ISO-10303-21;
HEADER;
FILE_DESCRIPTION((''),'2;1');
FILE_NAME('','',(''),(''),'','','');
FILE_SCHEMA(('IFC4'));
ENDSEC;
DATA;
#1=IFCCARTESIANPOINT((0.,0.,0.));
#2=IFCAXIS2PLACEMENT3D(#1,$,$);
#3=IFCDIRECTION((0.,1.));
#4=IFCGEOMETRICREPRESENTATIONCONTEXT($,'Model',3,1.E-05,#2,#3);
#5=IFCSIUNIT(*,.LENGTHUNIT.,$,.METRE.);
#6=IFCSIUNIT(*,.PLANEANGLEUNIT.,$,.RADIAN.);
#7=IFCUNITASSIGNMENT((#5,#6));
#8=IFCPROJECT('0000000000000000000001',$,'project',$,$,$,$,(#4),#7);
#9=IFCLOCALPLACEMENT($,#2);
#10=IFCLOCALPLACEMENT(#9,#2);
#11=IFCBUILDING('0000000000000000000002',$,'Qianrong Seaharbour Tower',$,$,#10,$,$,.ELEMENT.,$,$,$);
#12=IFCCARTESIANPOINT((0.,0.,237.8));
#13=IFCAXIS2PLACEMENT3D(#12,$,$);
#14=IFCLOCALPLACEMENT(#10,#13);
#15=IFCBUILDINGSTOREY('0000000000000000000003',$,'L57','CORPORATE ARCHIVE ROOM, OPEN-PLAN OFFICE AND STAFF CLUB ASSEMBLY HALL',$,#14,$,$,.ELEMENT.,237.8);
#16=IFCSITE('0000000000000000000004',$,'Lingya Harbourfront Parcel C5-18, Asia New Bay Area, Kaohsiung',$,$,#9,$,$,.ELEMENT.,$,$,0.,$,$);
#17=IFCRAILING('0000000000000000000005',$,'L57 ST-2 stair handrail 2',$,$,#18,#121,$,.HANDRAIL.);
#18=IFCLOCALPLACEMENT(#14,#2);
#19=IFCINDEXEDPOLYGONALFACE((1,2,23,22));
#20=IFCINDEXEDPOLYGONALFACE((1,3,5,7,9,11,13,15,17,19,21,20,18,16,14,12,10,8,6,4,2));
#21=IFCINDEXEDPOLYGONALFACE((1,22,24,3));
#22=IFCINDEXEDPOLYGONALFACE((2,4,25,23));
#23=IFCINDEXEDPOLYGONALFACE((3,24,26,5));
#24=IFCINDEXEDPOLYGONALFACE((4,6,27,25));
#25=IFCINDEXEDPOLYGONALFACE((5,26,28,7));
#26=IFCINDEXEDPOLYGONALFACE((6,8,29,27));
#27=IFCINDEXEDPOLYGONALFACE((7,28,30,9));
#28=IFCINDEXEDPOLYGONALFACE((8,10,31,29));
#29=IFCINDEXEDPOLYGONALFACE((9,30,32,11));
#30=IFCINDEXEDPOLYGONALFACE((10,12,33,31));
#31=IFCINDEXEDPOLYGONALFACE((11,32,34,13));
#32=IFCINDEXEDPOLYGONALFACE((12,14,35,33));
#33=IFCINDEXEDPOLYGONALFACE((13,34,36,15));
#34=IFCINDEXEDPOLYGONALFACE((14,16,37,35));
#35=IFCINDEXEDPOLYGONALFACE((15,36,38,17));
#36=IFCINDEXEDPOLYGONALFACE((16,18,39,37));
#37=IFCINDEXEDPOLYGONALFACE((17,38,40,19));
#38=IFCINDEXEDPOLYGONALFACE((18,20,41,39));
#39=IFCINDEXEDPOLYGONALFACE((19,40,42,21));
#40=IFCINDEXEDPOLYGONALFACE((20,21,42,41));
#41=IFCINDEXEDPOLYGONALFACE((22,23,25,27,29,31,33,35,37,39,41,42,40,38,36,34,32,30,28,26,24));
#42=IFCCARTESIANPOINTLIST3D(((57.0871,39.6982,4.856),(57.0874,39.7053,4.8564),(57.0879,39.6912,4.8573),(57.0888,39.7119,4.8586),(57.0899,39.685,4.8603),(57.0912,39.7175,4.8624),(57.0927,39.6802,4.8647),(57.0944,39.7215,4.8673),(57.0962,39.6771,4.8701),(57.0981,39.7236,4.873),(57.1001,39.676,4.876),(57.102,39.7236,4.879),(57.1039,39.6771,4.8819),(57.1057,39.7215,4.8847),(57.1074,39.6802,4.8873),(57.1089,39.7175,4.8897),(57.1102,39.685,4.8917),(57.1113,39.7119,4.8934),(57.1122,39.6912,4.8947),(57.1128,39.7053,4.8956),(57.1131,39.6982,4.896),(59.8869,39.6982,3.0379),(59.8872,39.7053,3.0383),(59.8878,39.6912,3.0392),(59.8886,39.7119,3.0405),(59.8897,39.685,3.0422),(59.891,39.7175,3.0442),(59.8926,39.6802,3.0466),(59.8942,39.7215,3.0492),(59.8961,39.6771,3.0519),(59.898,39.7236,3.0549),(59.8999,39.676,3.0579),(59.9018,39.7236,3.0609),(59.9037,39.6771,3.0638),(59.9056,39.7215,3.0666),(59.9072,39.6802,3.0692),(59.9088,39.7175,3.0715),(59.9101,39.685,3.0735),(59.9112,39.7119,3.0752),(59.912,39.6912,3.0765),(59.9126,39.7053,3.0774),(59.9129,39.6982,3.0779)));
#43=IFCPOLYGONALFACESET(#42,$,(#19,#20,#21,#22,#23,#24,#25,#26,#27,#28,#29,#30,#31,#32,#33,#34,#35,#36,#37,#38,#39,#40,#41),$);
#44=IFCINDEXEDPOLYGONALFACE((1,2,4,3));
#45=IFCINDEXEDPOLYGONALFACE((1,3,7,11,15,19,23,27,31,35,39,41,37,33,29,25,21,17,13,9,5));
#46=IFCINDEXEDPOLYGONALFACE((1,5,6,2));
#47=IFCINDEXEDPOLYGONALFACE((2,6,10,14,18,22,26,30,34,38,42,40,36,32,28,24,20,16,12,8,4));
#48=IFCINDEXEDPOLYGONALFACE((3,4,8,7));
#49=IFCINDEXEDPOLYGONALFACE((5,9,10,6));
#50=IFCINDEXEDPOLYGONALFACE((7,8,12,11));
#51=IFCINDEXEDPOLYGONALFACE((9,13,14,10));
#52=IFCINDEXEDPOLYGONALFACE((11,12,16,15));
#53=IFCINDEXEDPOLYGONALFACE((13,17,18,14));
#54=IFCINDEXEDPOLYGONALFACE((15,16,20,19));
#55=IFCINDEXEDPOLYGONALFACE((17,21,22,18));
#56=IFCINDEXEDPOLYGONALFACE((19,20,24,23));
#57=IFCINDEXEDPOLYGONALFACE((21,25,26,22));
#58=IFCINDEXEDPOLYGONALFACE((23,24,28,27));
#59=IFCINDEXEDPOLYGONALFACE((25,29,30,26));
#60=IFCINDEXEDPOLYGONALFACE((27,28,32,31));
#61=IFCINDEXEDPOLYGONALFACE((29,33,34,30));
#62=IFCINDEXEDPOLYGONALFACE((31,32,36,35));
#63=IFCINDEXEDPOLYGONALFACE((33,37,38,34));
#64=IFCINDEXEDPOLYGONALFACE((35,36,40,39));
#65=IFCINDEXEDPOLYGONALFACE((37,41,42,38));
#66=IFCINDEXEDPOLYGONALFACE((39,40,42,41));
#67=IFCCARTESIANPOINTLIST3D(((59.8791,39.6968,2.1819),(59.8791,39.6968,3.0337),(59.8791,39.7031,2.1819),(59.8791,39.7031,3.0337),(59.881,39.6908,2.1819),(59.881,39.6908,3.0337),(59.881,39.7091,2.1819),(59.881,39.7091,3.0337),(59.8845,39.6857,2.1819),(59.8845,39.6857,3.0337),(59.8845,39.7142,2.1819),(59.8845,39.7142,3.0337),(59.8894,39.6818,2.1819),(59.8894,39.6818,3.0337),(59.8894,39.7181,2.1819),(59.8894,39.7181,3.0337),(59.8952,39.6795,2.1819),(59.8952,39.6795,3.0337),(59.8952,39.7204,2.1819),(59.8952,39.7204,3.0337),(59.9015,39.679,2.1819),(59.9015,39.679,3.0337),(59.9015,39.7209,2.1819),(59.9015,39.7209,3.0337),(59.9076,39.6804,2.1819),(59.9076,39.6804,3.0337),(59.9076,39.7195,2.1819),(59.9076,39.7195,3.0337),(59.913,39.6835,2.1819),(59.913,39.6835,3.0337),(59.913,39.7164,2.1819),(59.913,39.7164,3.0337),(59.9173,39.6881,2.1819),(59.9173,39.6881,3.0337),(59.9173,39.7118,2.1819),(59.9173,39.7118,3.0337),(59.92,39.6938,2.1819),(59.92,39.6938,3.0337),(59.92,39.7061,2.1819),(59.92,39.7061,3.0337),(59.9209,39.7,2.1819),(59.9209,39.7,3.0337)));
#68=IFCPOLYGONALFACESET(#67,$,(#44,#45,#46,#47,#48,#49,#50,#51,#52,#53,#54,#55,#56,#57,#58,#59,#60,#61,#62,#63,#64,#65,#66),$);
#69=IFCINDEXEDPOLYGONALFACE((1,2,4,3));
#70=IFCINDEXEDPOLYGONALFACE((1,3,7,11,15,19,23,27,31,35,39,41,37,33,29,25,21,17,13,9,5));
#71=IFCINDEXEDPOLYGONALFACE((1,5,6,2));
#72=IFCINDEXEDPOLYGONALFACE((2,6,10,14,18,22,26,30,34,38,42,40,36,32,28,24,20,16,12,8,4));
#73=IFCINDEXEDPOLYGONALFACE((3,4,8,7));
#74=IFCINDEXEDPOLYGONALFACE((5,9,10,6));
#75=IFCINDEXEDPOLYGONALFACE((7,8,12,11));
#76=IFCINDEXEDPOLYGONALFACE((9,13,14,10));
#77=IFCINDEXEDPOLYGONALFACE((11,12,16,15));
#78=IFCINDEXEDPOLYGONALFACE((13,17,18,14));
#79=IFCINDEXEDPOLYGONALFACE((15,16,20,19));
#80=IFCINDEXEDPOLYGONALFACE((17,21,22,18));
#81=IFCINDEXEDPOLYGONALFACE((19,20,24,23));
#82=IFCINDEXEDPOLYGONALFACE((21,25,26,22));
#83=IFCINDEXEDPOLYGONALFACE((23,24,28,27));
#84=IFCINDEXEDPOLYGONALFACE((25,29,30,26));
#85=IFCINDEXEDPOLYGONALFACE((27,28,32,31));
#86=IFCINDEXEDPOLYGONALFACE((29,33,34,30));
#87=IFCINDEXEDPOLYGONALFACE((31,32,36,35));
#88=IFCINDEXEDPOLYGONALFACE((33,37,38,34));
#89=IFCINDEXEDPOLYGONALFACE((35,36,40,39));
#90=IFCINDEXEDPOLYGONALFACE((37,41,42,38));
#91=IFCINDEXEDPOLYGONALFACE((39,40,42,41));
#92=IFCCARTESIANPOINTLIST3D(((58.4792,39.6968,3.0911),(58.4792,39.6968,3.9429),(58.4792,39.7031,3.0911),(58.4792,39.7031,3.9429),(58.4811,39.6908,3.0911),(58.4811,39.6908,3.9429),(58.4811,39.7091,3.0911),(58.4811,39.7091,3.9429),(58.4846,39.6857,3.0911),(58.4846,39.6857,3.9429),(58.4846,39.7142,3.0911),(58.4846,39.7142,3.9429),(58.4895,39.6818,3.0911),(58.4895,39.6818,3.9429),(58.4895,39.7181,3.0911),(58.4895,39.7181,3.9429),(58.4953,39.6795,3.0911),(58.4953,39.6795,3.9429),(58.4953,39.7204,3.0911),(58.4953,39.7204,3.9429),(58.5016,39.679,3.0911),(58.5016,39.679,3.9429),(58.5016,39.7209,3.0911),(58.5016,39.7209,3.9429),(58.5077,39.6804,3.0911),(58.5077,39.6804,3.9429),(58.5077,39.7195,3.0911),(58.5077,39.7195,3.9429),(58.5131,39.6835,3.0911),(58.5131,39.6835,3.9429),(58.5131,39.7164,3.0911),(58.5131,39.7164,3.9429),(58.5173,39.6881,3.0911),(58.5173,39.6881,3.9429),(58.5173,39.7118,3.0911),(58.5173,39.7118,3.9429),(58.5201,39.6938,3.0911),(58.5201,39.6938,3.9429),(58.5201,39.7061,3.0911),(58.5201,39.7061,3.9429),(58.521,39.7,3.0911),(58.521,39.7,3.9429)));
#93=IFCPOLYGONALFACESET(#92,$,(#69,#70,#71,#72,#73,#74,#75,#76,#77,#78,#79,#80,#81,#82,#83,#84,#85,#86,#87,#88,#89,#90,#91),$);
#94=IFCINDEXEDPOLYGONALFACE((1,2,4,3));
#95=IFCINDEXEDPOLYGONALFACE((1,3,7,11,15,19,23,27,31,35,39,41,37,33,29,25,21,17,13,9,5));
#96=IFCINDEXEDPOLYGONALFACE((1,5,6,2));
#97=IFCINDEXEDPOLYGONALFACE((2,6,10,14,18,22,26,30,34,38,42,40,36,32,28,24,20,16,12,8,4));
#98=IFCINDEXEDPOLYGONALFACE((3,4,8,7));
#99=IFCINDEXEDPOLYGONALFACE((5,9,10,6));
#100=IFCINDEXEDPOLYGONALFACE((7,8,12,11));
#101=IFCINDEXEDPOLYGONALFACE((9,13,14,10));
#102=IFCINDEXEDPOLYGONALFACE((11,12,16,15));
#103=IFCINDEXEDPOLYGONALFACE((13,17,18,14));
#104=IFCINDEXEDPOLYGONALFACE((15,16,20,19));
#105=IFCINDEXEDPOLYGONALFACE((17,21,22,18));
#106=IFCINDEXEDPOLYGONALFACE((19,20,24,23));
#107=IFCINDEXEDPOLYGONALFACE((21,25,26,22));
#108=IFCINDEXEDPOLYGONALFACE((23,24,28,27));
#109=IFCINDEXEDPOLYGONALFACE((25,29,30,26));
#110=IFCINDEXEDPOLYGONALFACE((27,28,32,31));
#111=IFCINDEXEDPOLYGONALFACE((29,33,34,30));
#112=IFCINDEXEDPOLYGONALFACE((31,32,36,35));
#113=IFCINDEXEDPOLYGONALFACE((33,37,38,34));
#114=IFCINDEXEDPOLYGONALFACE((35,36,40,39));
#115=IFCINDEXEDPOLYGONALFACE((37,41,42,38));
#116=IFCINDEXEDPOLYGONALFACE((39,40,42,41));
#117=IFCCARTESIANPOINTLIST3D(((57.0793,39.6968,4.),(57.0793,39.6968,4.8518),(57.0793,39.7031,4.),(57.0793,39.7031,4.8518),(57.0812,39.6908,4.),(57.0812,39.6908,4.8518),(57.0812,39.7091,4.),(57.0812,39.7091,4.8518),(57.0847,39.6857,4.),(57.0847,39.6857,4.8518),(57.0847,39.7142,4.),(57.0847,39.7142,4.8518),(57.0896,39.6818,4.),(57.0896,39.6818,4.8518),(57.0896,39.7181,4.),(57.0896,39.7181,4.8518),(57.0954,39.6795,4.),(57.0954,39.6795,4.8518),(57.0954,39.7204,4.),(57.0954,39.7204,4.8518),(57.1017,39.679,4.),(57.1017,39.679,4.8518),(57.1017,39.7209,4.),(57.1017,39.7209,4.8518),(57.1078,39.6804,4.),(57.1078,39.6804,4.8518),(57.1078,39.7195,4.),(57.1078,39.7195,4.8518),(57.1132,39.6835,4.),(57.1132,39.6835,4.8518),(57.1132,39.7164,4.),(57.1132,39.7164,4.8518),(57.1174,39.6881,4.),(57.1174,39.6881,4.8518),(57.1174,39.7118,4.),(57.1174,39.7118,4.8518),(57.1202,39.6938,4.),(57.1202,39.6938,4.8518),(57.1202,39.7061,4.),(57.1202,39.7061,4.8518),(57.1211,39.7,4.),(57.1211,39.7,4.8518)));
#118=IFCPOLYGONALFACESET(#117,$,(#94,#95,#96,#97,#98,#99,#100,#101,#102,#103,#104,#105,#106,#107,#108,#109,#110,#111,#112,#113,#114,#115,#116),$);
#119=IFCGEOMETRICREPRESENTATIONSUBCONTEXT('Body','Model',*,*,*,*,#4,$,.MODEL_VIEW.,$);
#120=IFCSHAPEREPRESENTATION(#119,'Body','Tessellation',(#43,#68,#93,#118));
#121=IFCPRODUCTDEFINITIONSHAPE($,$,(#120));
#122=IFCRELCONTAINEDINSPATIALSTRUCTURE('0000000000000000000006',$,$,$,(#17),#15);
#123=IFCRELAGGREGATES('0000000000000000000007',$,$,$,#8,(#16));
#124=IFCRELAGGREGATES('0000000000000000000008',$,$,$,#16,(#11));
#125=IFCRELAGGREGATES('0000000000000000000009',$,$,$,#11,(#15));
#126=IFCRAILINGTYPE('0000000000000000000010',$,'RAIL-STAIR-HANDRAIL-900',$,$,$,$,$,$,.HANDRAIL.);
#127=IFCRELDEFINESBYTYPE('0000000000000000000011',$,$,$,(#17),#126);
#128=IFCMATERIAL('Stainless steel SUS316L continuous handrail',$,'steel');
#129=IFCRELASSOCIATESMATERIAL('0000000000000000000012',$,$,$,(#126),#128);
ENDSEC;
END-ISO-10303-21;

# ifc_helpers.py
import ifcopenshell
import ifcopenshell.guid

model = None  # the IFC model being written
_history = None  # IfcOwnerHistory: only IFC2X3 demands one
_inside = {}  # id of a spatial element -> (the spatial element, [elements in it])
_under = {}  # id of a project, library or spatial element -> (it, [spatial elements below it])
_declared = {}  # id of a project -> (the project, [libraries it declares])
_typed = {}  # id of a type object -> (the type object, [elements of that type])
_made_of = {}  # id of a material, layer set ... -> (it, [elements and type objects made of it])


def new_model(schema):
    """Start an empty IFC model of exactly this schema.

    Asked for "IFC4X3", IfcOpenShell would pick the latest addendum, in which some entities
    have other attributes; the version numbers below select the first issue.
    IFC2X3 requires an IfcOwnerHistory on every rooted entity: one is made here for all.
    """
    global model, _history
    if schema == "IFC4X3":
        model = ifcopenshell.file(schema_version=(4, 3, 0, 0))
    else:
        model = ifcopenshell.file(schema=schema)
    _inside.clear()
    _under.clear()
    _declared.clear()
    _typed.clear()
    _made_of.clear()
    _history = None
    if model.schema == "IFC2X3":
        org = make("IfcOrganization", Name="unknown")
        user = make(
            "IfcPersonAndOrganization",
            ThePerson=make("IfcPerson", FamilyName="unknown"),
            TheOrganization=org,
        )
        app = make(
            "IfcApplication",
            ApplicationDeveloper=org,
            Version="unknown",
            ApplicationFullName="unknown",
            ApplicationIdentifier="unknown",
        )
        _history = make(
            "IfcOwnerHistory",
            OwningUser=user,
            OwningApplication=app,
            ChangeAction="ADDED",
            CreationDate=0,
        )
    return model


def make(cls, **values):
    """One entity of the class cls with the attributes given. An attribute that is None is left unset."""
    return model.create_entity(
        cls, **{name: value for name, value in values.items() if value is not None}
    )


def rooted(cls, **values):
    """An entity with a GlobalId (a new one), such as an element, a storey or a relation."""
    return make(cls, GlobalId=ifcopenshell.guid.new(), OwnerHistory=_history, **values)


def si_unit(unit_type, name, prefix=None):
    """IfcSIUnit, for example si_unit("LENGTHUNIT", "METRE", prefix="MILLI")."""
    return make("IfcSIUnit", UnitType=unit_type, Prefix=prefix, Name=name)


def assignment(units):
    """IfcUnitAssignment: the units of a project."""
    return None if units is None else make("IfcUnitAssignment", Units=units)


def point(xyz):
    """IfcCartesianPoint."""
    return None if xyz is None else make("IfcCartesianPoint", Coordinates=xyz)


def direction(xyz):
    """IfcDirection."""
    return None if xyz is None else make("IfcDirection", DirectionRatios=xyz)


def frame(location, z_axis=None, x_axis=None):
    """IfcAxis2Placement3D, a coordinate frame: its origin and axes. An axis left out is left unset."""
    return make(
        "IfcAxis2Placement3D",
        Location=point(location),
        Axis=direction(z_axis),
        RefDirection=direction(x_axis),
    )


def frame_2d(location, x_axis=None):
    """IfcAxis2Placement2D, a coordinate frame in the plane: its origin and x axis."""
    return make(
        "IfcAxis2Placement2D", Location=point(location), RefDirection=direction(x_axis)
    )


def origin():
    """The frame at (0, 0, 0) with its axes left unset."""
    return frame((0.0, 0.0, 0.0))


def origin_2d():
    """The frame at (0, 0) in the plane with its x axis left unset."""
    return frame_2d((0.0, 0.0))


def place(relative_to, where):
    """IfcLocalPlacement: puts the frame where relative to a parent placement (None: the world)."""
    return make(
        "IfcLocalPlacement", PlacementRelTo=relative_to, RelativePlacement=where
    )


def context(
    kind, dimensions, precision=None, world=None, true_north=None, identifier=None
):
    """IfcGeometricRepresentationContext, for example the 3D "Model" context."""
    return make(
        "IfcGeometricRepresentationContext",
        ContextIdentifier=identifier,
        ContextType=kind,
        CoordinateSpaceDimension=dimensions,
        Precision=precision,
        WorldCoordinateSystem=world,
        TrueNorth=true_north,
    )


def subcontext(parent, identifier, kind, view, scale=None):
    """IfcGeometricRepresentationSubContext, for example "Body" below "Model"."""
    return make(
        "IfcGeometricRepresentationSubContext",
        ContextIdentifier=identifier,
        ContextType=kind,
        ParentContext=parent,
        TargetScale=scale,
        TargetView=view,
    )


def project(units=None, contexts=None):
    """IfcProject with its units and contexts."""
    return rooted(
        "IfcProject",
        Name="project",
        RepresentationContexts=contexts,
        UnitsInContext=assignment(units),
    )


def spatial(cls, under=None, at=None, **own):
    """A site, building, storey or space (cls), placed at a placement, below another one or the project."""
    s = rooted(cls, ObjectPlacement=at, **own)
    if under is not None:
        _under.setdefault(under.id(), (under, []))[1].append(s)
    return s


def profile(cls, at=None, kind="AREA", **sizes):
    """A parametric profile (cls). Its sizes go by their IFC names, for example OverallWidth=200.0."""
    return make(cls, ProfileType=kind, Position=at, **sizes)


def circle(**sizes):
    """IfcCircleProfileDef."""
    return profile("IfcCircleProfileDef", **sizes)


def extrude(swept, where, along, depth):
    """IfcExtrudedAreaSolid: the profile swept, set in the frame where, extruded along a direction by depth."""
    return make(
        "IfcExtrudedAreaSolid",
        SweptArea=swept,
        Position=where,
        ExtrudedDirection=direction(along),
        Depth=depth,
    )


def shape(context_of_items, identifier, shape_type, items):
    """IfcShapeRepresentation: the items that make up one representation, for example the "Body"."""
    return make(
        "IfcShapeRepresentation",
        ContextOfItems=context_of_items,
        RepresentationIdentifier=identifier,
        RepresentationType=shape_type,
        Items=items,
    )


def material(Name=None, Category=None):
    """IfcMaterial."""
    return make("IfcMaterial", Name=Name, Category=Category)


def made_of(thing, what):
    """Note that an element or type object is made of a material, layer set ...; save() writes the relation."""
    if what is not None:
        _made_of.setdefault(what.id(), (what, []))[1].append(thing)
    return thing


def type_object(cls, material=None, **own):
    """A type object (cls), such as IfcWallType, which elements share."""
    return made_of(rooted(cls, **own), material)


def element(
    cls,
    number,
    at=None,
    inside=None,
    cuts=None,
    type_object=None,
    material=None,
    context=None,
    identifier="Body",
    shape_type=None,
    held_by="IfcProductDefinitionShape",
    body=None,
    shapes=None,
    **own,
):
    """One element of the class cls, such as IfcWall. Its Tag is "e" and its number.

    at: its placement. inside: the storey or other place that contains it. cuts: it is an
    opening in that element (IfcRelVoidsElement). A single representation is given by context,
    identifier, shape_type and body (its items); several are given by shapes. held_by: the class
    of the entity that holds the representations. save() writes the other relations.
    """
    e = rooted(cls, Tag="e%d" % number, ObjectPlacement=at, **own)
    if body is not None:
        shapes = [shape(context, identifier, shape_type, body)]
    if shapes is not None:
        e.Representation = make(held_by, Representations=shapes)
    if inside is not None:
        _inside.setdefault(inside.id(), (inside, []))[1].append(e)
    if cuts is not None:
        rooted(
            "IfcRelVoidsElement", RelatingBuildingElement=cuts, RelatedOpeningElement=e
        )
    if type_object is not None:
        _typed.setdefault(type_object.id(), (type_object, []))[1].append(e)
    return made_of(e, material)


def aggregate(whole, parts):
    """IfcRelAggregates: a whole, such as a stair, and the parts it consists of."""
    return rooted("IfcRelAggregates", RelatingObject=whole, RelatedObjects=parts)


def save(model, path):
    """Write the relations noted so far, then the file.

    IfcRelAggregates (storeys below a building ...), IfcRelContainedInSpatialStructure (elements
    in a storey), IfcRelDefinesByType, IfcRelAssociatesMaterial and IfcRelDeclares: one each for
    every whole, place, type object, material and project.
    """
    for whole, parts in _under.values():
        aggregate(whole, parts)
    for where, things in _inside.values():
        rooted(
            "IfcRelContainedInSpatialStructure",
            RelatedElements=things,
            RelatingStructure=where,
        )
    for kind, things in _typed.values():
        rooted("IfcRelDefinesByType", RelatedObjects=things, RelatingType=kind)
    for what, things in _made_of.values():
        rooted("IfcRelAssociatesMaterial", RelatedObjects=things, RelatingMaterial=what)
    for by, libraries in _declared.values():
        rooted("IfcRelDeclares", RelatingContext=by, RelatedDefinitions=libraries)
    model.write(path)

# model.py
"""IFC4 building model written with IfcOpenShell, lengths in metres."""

from ifc_helpers import new_model, si_unit, direction, frame, origin, origin_2d, place, context, subcontext, project, spatial, circle, extrude, material, type_object, element, save


model = new_model("IFC4")

# Units and contexts
model_context = context("Model", 3, precision=1e-05, world=origin(), true_north=direction((0.0, 1.0)))
body_context = subcontext(model_context, "Body", "Model", "MODEL_VIEW")
ifc_project = project(units=[si_unit("LENGTHUNIT", "METRE"), si_unit("PLANEANGLEUNIT", "RADIAN")], contexts=[model_context])

# Site, building, storey
site_placement = place(None, origin())
site = spatial("IfcSite", under=ifc_project, at=site_placement, Name="Lingya Harbourfront Parcel C5-18, Asia New Bay Area, Kaohsiung", CompositionType="ELEMENT", RefElevation=0.0)
building_placement = place(site_placement, origin())
building = spatial("IfcBuilding", under=site, at=building_placement, Name="Qianrong Seaharbour Tower", CompositionType="ELEMENT")
storey_placement = place(building_placement, frame((0.0, 0.0, 237.8)))
storey = spatial("IfcBuildingStorey", under=building, at=storey_placement, Name="L57", Description="CORPORATE ARCHIVE ROOM, OPEN-PLAN OFFICE AND STAFF CLUB ASSEMBLY HALL", CompositionType="ELEMENT", Elevation=237.8)

# Railing
ifc_material_1 = material(Name="Stainless steel SUS316L continuous handrail", Category="steel")
railing_type_1 = type_object("IfcRailingType", Name="RAIL-STAIR-HANDRAIL-900", PredefinedType="HANDRAIL", material=ifc_material_1)
railing_1_placement = place(storey_placement, frame((59.8999, 39.7, 2.1819)))
element("IfcRailing", 1, at=railing_1_placement, inside=storey, type_object=railing_type_1, Name="L57 ST-2 stair handrail 2", PredefinedType="HANDRAIL", context=body_context, shape_type="SweptSolid", body=[
    extrude(circle(Radius=0.0239, at=origin_2d()), frame((0.0, 0.0, 0.876), z_axis=(-0.838684, 0.0, 0.544618), x_axis=(0.0, -1.0, 0.0)), (0.0, 0.0, 1.0), 3.3384),
    extrude(circle(Radius=0.021, at=origin_2d()), origin(), (0.0, 0.0, 1.0), 0.8518),
    extrude(circle(Radius=0.021, at=origin_2d()), frame((-1.3999, 0.0, 0.9092)), (0.0, 0.0, 1.0), 0.8518),
    extrude(circle(Radius=0.021, at=origin_2d()), frame((-2.7998, 0.0, 1.8181)), (0.0, 0.0, 1.0), 0.8518),
])

save(model, "model.ifc")
